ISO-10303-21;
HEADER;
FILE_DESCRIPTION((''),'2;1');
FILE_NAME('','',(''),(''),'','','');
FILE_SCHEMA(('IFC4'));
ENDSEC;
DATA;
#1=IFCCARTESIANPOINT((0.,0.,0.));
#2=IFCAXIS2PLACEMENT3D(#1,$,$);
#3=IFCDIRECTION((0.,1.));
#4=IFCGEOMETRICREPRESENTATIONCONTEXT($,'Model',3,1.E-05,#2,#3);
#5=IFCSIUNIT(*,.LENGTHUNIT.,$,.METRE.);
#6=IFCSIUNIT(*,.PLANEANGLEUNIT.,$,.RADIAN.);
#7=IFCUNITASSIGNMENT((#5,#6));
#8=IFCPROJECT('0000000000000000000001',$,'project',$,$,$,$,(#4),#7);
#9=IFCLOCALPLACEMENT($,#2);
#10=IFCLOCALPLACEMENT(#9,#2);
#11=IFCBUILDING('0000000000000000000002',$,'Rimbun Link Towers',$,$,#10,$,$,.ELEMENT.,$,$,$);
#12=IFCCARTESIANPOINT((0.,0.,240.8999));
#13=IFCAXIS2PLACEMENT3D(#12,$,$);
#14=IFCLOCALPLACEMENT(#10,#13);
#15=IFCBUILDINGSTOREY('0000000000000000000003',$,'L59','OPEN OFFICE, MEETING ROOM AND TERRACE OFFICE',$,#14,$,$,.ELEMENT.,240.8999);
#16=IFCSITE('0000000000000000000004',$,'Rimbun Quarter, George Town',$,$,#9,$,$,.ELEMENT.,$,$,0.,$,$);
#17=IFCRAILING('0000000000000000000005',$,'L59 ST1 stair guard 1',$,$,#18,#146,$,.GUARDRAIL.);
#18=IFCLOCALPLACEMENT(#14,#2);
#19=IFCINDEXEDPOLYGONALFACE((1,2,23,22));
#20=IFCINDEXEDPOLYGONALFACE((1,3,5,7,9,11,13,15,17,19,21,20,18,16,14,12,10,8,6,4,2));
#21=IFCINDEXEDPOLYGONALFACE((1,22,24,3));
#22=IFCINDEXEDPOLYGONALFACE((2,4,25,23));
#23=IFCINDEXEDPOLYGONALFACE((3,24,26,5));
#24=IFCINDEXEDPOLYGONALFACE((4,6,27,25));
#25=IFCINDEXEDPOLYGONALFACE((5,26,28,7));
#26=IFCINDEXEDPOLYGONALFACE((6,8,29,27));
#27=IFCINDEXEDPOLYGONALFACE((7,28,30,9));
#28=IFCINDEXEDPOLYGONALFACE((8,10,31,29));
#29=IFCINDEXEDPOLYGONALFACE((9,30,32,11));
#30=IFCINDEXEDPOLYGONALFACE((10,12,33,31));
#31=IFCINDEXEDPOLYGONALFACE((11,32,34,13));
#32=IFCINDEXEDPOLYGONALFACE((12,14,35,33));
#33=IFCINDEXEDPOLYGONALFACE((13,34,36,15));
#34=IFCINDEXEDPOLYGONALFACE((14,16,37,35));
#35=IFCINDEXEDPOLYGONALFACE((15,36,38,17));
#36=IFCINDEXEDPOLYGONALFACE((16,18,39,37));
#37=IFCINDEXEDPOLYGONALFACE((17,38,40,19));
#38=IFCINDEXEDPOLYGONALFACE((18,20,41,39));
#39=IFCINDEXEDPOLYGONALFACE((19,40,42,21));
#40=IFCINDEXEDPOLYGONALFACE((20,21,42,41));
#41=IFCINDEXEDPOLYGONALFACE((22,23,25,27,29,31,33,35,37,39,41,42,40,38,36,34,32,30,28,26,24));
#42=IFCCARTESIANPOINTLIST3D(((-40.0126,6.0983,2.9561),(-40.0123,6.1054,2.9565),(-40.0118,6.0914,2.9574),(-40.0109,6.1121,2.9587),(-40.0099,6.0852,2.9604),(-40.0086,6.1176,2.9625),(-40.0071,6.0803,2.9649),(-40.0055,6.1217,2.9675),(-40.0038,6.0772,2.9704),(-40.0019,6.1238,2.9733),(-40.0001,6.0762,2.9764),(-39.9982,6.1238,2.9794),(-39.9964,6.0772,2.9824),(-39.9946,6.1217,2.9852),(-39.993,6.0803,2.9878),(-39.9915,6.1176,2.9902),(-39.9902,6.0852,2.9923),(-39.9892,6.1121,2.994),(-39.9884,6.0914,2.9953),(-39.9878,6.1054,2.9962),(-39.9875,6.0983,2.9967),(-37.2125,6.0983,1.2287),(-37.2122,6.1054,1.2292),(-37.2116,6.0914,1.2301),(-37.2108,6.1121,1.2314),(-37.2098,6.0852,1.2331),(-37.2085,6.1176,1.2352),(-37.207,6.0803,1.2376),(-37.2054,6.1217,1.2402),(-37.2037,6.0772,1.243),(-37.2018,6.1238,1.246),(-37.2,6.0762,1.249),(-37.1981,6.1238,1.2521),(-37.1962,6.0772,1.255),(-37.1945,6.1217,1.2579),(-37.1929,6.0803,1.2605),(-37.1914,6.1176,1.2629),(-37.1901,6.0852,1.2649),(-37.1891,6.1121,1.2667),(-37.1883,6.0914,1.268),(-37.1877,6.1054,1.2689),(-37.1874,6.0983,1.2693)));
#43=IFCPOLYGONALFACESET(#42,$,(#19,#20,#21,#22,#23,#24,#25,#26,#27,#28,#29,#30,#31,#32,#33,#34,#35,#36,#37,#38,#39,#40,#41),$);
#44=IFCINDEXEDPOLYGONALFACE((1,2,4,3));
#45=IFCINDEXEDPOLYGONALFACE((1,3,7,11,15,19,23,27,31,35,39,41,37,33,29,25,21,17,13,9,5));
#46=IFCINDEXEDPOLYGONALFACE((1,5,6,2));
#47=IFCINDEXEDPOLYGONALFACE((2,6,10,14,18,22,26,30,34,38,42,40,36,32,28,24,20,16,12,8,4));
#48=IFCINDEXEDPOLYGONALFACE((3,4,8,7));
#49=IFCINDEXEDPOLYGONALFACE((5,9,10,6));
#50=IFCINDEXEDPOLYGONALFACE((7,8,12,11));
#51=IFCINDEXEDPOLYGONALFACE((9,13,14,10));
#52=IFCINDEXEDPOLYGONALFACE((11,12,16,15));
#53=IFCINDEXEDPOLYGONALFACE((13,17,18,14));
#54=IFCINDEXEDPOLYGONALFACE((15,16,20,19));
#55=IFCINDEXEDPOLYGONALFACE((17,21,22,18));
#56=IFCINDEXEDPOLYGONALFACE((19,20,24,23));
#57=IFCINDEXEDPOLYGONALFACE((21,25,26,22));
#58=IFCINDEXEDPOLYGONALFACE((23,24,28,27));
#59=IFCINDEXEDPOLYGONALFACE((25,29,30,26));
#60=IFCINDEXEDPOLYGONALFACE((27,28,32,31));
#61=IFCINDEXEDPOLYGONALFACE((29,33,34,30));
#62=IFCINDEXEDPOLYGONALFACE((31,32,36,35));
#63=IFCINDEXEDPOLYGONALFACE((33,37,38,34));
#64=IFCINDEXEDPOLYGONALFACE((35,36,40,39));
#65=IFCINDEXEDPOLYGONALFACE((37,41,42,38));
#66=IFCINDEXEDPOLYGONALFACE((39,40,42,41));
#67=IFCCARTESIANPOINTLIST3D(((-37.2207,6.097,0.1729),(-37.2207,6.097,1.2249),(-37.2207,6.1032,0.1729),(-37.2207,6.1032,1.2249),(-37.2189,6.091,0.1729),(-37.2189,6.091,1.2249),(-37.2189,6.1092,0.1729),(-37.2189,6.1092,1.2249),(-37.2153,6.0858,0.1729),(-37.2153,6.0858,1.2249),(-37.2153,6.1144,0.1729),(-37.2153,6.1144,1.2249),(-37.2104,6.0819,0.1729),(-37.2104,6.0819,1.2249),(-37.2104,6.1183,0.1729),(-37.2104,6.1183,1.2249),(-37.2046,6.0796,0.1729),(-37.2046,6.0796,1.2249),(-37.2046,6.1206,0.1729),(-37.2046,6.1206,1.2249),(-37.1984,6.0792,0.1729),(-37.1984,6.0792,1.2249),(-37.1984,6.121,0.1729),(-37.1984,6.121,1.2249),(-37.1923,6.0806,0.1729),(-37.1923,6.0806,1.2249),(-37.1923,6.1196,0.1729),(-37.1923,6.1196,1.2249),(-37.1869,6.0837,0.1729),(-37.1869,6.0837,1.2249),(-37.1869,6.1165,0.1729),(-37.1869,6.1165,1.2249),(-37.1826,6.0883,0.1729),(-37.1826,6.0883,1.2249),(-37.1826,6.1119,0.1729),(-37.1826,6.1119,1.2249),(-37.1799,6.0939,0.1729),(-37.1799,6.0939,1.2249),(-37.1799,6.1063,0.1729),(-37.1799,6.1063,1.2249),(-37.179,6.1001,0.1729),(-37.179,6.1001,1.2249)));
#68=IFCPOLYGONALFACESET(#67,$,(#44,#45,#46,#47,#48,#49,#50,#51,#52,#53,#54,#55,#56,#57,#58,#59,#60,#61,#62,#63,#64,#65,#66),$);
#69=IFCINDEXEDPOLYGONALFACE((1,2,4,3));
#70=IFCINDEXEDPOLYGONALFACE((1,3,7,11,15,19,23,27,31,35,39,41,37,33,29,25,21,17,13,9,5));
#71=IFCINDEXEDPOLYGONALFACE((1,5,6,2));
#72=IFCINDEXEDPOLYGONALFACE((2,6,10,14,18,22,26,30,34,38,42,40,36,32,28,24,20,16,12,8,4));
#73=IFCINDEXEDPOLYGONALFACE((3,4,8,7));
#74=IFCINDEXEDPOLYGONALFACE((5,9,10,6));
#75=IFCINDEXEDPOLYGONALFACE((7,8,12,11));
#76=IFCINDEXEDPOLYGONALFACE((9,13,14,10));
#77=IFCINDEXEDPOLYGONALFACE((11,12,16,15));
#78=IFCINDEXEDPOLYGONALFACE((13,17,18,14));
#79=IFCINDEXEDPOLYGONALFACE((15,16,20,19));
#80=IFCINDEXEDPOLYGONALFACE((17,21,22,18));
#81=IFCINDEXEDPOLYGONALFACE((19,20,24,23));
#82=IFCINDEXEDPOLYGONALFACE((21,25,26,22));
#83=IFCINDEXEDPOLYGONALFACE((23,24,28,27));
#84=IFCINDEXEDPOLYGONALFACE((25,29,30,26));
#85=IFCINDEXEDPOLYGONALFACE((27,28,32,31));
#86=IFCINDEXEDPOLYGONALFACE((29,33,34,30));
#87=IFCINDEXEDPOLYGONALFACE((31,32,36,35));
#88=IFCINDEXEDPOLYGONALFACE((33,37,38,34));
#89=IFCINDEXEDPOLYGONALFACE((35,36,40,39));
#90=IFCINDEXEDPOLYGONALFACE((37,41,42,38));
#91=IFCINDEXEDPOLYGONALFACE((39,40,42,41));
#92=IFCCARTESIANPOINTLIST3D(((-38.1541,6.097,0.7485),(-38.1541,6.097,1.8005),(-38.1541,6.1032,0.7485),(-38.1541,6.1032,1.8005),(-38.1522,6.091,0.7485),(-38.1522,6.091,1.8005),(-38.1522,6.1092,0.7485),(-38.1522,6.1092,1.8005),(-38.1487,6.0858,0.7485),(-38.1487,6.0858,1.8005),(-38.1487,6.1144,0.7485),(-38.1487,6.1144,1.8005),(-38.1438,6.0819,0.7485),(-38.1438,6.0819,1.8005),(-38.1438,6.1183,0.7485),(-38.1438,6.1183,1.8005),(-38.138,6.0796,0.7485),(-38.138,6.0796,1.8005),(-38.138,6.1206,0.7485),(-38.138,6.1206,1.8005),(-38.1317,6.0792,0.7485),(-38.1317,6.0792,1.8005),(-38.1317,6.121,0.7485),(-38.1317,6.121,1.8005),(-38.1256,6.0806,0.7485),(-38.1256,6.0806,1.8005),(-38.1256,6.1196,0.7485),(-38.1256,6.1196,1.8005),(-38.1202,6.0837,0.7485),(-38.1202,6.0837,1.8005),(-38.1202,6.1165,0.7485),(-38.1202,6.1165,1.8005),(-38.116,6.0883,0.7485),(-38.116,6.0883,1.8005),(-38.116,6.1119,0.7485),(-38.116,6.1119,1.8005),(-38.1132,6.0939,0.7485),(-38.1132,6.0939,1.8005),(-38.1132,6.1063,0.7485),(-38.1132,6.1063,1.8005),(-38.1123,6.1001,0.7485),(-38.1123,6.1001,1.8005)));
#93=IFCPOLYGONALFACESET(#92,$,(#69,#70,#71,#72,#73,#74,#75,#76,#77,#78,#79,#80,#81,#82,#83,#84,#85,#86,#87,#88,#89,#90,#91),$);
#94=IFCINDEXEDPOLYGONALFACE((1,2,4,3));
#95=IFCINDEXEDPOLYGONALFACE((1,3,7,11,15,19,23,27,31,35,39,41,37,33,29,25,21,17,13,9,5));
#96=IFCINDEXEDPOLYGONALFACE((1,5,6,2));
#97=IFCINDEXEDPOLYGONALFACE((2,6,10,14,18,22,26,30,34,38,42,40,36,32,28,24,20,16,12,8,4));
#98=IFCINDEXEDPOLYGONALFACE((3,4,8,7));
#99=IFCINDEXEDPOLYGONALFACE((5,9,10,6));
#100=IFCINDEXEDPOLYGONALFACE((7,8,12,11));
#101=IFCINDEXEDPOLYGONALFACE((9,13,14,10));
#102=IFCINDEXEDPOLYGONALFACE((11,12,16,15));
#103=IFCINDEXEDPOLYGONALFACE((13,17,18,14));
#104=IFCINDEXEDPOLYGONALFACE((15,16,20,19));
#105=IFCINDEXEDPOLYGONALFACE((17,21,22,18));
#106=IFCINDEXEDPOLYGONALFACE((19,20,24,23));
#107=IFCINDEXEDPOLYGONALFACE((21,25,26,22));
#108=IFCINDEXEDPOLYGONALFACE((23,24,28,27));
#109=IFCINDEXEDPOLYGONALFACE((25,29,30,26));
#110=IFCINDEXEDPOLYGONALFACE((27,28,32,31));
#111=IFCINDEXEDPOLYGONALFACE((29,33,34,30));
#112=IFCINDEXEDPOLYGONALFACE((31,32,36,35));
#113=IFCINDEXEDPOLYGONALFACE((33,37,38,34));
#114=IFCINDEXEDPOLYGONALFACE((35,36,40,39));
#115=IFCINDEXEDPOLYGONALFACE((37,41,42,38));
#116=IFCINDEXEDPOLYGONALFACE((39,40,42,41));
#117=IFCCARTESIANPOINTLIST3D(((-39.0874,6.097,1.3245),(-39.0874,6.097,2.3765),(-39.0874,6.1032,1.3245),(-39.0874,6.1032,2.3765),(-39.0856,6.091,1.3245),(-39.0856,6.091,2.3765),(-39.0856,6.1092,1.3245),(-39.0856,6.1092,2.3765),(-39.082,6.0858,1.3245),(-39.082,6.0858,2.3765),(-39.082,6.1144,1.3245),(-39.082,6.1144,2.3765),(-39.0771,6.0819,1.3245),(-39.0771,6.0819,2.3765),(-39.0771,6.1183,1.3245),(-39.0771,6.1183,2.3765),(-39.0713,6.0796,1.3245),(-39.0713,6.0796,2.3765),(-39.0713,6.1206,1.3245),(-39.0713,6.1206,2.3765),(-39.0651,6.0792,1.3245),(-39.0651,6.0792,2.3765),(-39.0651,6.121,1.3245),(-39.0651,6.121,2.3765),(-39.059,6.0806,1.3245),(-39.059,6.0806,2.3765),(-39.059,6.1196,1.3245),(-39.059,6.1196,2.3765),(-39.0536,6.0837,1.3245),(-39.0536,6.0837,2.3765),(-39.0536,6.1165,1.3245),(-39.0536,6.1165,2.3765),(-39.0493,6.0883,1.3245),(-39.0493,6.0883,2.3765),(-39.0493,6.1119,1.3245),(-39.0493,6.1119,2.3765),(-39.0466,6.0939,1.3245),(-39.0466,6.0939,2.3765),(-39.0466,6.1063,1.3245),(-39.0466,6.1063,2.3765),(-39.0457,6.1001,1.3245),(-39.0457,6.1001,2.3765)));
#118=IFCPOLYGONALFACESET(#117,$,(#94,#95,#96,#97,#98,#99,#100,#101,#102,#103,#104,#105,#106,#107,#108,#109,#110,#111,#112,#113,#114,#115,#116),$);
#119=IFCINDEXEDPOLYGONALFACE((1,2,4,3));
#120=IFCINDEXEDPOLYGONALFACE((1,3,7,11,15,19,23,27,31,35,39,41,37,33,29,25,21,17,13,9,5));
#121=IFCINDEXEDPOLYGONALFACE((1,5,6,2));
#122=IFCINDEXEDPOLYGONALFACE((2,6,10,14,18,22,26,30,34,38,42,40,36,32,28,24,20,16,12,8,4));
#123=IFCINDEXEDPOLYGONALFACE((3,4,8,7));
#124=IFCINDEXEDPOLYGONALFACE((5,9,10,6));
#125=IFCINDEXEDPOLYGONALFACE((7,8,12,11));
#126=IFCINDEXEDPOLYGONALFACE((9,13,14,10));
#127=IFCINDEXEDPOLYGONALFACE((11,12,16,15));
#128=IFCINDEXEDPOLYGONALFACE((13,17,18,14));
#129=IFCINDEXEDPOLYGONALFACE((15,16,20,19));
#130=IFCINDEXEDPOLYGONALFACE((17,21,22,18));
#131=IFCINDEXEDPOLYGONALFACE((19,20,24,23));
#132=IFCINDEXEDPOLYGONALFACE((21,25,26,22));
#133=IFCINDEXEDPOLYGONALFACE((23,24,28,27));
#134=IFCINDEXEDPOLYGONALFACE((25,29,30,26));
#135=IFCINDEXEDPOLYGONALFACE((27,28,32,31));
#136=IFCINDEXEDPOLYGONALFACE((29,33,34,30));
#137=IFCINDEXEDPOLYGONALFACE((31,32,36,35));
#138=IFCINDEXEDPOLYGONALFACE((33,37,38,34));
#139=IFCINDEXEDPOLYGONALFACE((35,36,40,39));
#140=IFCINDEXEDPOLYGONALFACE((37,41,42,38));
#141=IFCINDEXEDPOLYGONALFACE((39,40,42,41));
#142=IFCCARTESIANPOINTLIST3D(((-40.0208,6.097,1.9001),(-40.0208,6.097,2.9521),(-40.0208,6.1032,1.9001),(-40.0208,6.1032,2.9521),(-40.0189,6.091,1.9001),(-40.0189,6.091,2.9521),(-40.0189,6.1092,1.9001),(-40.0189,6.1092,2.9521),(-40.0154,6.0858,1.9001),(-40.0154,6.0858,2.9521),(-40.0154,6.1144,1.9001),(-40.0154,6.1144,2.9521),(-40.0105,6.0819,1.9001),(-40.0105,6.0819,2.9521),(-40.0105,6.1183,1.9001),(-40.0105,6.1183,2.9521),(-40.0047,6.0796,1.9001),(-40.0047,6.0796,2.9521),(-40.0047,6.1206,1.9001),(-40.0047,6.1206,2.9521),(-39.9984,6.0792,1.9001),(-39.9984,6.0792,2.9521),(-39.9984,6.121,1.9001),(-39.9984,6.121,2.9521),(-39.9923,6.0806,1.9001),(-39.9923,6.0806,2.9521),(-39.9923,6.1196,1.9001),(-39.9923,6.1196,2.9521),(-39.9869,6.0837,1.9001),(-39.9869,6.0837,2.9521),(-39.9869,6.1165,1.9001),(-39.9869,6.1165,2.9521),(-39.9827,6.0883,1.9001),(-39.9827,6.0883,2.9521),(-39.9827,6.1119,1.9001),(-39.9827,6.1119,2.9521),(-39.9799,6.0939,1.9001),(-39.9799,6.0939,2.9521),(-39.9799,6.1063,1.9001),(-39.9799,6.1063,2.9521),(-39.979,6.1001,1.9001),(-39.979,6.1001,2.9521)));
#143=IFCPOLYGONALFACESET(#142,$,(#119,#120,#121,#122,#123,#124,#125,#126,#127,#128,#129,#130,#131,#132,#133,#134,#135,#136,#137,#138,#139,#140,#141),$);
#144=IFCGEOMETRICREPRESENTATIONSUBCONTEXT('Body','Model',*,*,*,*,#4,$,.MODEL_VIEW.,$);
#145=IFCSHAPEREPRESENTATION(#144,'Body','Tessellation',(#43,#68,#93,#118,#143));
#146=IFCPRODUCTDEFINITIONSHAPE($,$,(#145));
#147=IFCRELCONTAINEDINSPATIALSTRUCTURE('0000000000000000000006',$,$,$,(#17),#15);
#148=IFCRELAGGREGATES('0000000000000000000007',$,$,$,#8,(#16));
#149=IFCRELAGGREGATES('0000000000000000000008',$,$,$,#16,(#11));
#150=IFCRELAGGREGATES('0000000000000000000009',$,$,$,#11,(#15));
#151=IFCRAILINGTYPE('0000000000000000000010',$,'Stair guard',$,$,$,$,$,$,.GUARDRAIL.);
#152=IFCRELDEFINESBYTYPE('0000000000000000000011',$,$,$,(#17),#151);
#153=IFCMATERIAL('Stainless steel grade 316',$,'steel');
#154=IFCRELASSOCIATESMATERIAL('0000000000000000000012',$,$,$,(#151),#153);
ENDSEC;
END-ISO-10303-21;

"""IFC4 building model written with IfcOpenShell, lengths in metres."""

from ifc_helpers import new_model, si_unit, direction, frame, origin, origin_2d, place, context, subcontext, project, spatial, circle, extrude, material, type_object, element, save


model = new_model("IFC4")

# Units and contexts
model_context = context("Model", 3, precision=1e-05, world=origin(), true_north=direction((0.0, 1.0)))
body_context = subcontext(model_context, "Body", "Model", "MODEL_VIEW")
ifc_project = project(units=[si_unit("LENGTHUNIT", "METRE"), si_unit("PLANEANGLEUNIT", "RADIAN")], contexts=[model_context])

# Site, building, storey
site_placement = place(None, origin())
site = spatial("IfcSite", under=ifc_project, at=site_placement, Name="Rimbun Quarter, George Town", CompositionType="ELEMENT", RefElevation=0.0)
building_placement = place(site_placement, origin())
building = spatial("IfcBuilding", under=site, at=building_placement, Name="Rimbun Link Towers", CompositionType="ELEMENT")
storey_placement = place(building_placement, frame((0.0, 0.0, 240.8999)))
storey = spatial("IfcBuildingStorey", under=building, at=storey_placement, Name="L59", Description="OPEN OFFICE, MEETING ROOM AND TERRACE OFFICE", CompositionType="ELEMENT", Elevation=240.8999)

# Railing
ifc_material_1 = material(Name="Stainless steel grade 316", Category="steel")
railing_type_1 = type_object("IfcRailingType", Name="Stair guard", PredefinedType="GUARDRAIL", material=ifc_material_1)
railing_1_placement = place(storey_placement, frame((-37.2, 6.1001, 0.1729)))
element("IfcRailing", 1, at=railing_1_placement, inside=storey, type_object=railing_type_1, Name="L59 ST1 stair guard 1", PredefinedType="GUARDRAIL", context=body_context, shape_type="SweptSolid", body=[
    extrude(circle(Radius=0.0239, at=origin_2d()), frame((0.0, 0.0, 1.0762), z_axis=(-0.85109, 0.0, 0.52502), x_axis=(0.0, -1.0, 0.0)), (0.0, 0.0, 1.0), 3.29),
    extrude(circle(Radius=0.021, at=origin_2d()), origin(), (0.0, 0.0, 1.0), 1.052),
    extrude(circle(Radius=0.021, at=origin_2d()), frame((-0.9333, 0.0, 0.5757)), (0.0, 0.0, 1.0), 1.052),
    extrude(circle(Radius=0.021, at=origin_2d()), frame((-1.8667, 0.0, 1.1516)), (0.0, 0.0, 1.0), 1.052),
    extrude(circle(Radius=0.021, at=origin_2d()), frame((-2.8, 0.0, 1.7273)), (0.0, 0.0, 1.0), 1.052),
])

save(model, "model.ifc")
